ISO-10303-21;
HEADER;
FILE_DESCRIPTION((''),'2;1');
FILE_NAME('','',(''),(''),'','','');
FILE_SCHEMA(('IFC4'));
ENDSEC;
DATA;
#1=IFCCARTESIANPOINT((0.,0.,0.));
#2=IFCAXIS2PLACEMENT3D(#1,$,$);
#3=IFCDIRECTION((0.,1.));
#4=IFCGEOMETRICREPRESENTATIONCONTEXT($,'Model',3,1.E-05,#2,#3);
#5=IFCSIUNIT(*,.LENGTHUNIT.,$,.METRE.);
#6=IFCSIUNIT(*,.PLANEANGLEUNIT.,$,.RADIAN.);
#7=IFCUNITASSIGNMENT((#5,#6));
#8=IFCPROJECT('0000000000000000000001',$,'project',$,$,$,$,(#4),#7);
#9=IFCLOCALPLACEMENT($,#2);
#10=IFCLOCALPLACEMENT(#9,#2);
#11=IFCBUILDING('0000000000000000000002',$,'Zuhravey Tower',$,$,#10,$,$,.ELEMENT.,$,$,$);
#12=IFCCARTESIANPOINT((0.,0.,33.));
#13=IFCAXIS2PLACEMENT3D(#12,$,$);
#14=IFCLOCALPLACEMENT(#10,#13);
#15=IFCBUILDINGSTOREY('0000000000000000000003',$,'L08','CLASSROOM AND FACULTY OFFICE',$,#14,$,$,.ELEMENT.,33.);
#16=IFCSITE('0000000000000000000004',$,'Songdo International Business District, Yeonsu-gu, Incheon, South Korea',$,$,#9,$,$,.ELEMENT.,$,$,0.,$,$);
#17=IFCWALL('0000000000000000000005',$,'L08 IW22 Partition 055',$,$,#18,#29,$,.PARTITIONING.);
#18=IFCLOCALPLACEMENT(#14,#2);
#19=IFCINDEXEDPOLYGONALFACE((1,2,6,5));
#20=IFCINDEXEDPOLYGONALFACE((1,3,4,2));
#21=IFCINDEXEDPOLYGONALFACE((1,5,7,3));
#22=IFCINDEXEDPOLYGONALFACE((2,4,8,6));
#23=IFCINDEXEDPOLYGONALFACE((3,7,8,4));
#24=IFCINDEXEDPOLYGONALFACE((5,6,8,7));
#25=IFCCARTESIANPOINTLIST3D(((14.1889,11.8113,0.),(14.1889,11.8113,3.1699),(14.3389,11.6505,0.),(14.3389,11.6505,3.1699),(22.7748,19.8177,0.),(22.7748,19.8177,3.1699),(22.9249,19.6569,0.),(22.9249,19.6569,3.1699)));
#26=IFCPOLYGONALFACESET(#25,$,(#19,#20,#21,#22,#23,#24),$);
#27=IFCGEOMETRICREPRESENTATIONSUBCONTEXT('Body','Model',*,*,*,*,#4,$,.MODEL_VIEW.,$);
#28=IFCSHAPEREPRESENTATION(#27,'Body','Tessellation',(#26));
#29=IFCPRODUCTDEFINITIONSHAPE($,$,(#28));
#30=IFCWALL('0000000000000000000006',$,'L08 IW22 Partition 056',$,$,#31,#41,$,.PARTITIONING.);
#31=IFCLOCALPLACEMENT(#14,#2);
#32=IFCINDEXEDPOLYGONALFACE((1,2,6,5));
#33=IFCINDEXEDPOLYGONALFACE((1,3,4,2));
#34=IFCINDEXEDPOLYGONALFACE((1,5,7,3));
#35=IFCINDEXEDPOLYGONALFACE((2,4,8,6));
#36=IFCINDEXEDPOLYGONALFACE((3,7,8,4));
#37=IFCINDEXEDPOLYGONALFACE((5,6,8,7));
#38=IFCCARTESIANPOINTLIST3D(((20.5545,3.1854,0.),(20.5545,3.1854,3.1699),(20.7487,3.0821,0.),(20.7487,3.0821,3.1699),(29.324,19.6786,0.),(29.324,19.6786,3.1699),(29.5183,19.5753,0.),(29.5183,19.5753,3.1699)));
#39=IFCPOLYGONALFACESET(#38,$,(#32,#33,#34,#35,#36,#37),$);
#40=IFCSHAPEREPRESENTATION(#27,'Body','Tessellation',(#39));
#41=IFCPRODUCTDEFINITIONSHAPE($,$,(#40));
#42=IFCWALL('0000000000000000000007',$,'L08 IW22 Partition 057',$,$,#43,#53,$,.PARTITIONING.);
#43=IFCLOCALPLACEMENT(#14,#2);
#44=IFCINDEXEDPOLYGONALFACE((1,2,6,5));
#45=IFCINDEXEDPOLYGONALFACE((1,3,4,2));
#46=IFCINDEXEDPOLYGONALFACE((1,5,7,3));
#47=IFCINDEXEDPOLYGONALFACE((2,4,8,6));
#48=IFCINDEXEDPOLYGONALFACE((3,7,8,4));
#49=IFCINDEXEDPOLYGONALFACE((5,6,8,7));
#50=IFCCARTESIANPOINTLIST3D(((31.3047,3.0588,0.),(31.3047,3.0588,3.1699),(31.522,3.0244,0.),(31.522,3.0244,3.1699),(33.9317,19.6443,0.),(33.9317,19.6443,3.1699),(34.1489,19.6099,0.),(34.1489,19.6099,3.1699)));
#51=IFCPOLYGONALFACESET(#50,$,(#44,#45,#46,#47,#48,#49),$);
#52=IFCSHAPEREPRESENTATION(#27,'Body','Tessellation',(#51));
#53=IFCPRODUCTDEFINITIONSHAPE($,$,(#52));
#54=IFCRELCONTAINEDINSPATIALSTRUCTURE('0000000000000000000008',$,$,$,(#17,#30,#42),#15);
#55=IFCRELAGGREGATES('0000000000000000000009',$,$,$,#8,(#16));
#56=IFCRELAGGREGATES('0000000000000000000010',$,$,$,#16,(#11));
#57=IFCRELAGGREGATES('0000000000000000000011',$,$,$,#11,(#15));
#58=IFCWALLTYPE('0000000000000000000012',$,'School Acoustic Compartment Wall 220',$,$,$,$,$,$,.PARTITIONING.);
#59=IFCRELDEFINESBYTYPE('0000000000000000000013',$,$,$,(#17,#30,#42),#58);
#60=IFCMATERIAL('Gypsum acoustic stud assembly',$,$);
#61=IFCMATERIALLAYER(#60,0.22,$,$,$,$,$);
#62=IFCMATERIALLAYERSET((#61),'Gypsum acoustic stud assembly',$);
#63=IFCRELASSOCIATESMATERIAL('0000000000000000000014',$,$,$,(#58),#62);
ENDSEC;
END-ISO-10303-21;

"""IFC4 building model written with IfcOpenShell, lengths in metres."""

from ifc_helpers import new_model, si_unit, direction, frame, frame_2d, origin, place, context, subcontext, project, spatial, rectangle, extrude, material, layer, layer_set, type_object, element, save


model = new_model("IFC4")

# Units and contexts
model_context = context("Model", 3, precision=1e-05, world=origin(), true_north=direction((0.0, 1.0)))
body_context = subcontext(model_context, "Body", "Model", "MODEL_VIEW")
ifc_project = project(units=[si_unit("LENGTHUNIT", "METRE"), si_unit("PLANEANGLEUNIT", "RADIAN")], contexts=[model_context])

# Site, building, storey
site_placement = place(None, origin())
site = spatial("IfcSite", under=ifc_project, at=site_placement, Name="Songdo International Business District, Yeonsu-gu, Incheon, South Korea", CompositionType="ELEMENT", RefElevation=0.0)
building_placement = place(site_placement, origin())
building = spatial("IfcBuilding", under=site, at=building_placement, Name="Zuhravey Tower", CompositionType="ELEMENT")
storey_placement = place(building_placement, frame((0.0, 0.0, 33.0)))
storey = spatial("IfcBuildingStorey", under=building, at=storey_placement, Name="L08", Description="CLASSROOM AND FACULTY OFFICE", CompositionType="ELEMENT", Elevation=33.0)

# Walls
ifc_material_1 = material(Name="Gypsum acoustic stud assembly")
ifc_layer_1 = layer(ifc_material_1, 0.22)
ifc_layer_set_1 = layer_set([ifc_layer_1], Name="Gypsum acoustic stud assembly")
wall_type_1 = type_object("IfcWallType", Name="School Acoustic Compartment Wall 220", PredefinedType="PARTITIONING", material=ifc_layer_set_1)
wall_1_placement = place(storey_placement, frame((22.8499, 19.7373, 0.0), z_axis=(0.0, 0.0, 1.0), x_axis=(-0.731361, -0.681991, 0.0)))
element("IfcWall", 1, at=wall_1_placement, inside=storey, type_object=wall_type_1, Name="L08 IW22 Partition 055", PredefinedType="PARTITIONING", context=body_context, shape_type="SweptSolid", body=[
    extrude(rectangle(XDim=11.7397, YDim=0.22, at=frame_2d((5.8699, 0.0))), origin(), (0.0, 0.0, 1.0), 3.1699),
])
wall_2_placement = place(storey_placement, frame((29.4211, 19.627, 0.0), z_axis=(0.0, 0.0, 1.0), x_axis=(-0.46947, -0.882948, 0.0)))
element("IfcWall", 2, at=wall_2_placement, inside=storey, type_object=wall_type_1, Name="L08 IW22 Partition 056", PredefinedType="PARTITIONING", context=body_context, shape_type="SweptSolid", body=[
    extrude(rectangle(XDim=18.6797, YDim=0.22, at=frame_2d((9.3398, 0.0))), origin(), (0.0, 0.0, 1.0), 3.1699),
])
wall_3_placement = place(storey_placement, frame((34.0403, 19.627, 0.0), z_axis=(0.0, 0.0, 1.0), x_axis=(-0.156439, -0.987688, 0.0)))
element("IfcWall", 3, at=wall_3_placement, inside=storey, type_object=wall_type_1, Name="L08 IW22 Partition 057", PredefinedType="PARTITIONING", context=body_context, shape_type="SweptSolid", body=[
    extrude(rectangle(XDim=16.7922, YDim=0.22, at=frame_2d((8.396, 0.0))), origin(), (0.0, 0.0, 1.0), 3.1699),
])

save(model, "model.ifc")
